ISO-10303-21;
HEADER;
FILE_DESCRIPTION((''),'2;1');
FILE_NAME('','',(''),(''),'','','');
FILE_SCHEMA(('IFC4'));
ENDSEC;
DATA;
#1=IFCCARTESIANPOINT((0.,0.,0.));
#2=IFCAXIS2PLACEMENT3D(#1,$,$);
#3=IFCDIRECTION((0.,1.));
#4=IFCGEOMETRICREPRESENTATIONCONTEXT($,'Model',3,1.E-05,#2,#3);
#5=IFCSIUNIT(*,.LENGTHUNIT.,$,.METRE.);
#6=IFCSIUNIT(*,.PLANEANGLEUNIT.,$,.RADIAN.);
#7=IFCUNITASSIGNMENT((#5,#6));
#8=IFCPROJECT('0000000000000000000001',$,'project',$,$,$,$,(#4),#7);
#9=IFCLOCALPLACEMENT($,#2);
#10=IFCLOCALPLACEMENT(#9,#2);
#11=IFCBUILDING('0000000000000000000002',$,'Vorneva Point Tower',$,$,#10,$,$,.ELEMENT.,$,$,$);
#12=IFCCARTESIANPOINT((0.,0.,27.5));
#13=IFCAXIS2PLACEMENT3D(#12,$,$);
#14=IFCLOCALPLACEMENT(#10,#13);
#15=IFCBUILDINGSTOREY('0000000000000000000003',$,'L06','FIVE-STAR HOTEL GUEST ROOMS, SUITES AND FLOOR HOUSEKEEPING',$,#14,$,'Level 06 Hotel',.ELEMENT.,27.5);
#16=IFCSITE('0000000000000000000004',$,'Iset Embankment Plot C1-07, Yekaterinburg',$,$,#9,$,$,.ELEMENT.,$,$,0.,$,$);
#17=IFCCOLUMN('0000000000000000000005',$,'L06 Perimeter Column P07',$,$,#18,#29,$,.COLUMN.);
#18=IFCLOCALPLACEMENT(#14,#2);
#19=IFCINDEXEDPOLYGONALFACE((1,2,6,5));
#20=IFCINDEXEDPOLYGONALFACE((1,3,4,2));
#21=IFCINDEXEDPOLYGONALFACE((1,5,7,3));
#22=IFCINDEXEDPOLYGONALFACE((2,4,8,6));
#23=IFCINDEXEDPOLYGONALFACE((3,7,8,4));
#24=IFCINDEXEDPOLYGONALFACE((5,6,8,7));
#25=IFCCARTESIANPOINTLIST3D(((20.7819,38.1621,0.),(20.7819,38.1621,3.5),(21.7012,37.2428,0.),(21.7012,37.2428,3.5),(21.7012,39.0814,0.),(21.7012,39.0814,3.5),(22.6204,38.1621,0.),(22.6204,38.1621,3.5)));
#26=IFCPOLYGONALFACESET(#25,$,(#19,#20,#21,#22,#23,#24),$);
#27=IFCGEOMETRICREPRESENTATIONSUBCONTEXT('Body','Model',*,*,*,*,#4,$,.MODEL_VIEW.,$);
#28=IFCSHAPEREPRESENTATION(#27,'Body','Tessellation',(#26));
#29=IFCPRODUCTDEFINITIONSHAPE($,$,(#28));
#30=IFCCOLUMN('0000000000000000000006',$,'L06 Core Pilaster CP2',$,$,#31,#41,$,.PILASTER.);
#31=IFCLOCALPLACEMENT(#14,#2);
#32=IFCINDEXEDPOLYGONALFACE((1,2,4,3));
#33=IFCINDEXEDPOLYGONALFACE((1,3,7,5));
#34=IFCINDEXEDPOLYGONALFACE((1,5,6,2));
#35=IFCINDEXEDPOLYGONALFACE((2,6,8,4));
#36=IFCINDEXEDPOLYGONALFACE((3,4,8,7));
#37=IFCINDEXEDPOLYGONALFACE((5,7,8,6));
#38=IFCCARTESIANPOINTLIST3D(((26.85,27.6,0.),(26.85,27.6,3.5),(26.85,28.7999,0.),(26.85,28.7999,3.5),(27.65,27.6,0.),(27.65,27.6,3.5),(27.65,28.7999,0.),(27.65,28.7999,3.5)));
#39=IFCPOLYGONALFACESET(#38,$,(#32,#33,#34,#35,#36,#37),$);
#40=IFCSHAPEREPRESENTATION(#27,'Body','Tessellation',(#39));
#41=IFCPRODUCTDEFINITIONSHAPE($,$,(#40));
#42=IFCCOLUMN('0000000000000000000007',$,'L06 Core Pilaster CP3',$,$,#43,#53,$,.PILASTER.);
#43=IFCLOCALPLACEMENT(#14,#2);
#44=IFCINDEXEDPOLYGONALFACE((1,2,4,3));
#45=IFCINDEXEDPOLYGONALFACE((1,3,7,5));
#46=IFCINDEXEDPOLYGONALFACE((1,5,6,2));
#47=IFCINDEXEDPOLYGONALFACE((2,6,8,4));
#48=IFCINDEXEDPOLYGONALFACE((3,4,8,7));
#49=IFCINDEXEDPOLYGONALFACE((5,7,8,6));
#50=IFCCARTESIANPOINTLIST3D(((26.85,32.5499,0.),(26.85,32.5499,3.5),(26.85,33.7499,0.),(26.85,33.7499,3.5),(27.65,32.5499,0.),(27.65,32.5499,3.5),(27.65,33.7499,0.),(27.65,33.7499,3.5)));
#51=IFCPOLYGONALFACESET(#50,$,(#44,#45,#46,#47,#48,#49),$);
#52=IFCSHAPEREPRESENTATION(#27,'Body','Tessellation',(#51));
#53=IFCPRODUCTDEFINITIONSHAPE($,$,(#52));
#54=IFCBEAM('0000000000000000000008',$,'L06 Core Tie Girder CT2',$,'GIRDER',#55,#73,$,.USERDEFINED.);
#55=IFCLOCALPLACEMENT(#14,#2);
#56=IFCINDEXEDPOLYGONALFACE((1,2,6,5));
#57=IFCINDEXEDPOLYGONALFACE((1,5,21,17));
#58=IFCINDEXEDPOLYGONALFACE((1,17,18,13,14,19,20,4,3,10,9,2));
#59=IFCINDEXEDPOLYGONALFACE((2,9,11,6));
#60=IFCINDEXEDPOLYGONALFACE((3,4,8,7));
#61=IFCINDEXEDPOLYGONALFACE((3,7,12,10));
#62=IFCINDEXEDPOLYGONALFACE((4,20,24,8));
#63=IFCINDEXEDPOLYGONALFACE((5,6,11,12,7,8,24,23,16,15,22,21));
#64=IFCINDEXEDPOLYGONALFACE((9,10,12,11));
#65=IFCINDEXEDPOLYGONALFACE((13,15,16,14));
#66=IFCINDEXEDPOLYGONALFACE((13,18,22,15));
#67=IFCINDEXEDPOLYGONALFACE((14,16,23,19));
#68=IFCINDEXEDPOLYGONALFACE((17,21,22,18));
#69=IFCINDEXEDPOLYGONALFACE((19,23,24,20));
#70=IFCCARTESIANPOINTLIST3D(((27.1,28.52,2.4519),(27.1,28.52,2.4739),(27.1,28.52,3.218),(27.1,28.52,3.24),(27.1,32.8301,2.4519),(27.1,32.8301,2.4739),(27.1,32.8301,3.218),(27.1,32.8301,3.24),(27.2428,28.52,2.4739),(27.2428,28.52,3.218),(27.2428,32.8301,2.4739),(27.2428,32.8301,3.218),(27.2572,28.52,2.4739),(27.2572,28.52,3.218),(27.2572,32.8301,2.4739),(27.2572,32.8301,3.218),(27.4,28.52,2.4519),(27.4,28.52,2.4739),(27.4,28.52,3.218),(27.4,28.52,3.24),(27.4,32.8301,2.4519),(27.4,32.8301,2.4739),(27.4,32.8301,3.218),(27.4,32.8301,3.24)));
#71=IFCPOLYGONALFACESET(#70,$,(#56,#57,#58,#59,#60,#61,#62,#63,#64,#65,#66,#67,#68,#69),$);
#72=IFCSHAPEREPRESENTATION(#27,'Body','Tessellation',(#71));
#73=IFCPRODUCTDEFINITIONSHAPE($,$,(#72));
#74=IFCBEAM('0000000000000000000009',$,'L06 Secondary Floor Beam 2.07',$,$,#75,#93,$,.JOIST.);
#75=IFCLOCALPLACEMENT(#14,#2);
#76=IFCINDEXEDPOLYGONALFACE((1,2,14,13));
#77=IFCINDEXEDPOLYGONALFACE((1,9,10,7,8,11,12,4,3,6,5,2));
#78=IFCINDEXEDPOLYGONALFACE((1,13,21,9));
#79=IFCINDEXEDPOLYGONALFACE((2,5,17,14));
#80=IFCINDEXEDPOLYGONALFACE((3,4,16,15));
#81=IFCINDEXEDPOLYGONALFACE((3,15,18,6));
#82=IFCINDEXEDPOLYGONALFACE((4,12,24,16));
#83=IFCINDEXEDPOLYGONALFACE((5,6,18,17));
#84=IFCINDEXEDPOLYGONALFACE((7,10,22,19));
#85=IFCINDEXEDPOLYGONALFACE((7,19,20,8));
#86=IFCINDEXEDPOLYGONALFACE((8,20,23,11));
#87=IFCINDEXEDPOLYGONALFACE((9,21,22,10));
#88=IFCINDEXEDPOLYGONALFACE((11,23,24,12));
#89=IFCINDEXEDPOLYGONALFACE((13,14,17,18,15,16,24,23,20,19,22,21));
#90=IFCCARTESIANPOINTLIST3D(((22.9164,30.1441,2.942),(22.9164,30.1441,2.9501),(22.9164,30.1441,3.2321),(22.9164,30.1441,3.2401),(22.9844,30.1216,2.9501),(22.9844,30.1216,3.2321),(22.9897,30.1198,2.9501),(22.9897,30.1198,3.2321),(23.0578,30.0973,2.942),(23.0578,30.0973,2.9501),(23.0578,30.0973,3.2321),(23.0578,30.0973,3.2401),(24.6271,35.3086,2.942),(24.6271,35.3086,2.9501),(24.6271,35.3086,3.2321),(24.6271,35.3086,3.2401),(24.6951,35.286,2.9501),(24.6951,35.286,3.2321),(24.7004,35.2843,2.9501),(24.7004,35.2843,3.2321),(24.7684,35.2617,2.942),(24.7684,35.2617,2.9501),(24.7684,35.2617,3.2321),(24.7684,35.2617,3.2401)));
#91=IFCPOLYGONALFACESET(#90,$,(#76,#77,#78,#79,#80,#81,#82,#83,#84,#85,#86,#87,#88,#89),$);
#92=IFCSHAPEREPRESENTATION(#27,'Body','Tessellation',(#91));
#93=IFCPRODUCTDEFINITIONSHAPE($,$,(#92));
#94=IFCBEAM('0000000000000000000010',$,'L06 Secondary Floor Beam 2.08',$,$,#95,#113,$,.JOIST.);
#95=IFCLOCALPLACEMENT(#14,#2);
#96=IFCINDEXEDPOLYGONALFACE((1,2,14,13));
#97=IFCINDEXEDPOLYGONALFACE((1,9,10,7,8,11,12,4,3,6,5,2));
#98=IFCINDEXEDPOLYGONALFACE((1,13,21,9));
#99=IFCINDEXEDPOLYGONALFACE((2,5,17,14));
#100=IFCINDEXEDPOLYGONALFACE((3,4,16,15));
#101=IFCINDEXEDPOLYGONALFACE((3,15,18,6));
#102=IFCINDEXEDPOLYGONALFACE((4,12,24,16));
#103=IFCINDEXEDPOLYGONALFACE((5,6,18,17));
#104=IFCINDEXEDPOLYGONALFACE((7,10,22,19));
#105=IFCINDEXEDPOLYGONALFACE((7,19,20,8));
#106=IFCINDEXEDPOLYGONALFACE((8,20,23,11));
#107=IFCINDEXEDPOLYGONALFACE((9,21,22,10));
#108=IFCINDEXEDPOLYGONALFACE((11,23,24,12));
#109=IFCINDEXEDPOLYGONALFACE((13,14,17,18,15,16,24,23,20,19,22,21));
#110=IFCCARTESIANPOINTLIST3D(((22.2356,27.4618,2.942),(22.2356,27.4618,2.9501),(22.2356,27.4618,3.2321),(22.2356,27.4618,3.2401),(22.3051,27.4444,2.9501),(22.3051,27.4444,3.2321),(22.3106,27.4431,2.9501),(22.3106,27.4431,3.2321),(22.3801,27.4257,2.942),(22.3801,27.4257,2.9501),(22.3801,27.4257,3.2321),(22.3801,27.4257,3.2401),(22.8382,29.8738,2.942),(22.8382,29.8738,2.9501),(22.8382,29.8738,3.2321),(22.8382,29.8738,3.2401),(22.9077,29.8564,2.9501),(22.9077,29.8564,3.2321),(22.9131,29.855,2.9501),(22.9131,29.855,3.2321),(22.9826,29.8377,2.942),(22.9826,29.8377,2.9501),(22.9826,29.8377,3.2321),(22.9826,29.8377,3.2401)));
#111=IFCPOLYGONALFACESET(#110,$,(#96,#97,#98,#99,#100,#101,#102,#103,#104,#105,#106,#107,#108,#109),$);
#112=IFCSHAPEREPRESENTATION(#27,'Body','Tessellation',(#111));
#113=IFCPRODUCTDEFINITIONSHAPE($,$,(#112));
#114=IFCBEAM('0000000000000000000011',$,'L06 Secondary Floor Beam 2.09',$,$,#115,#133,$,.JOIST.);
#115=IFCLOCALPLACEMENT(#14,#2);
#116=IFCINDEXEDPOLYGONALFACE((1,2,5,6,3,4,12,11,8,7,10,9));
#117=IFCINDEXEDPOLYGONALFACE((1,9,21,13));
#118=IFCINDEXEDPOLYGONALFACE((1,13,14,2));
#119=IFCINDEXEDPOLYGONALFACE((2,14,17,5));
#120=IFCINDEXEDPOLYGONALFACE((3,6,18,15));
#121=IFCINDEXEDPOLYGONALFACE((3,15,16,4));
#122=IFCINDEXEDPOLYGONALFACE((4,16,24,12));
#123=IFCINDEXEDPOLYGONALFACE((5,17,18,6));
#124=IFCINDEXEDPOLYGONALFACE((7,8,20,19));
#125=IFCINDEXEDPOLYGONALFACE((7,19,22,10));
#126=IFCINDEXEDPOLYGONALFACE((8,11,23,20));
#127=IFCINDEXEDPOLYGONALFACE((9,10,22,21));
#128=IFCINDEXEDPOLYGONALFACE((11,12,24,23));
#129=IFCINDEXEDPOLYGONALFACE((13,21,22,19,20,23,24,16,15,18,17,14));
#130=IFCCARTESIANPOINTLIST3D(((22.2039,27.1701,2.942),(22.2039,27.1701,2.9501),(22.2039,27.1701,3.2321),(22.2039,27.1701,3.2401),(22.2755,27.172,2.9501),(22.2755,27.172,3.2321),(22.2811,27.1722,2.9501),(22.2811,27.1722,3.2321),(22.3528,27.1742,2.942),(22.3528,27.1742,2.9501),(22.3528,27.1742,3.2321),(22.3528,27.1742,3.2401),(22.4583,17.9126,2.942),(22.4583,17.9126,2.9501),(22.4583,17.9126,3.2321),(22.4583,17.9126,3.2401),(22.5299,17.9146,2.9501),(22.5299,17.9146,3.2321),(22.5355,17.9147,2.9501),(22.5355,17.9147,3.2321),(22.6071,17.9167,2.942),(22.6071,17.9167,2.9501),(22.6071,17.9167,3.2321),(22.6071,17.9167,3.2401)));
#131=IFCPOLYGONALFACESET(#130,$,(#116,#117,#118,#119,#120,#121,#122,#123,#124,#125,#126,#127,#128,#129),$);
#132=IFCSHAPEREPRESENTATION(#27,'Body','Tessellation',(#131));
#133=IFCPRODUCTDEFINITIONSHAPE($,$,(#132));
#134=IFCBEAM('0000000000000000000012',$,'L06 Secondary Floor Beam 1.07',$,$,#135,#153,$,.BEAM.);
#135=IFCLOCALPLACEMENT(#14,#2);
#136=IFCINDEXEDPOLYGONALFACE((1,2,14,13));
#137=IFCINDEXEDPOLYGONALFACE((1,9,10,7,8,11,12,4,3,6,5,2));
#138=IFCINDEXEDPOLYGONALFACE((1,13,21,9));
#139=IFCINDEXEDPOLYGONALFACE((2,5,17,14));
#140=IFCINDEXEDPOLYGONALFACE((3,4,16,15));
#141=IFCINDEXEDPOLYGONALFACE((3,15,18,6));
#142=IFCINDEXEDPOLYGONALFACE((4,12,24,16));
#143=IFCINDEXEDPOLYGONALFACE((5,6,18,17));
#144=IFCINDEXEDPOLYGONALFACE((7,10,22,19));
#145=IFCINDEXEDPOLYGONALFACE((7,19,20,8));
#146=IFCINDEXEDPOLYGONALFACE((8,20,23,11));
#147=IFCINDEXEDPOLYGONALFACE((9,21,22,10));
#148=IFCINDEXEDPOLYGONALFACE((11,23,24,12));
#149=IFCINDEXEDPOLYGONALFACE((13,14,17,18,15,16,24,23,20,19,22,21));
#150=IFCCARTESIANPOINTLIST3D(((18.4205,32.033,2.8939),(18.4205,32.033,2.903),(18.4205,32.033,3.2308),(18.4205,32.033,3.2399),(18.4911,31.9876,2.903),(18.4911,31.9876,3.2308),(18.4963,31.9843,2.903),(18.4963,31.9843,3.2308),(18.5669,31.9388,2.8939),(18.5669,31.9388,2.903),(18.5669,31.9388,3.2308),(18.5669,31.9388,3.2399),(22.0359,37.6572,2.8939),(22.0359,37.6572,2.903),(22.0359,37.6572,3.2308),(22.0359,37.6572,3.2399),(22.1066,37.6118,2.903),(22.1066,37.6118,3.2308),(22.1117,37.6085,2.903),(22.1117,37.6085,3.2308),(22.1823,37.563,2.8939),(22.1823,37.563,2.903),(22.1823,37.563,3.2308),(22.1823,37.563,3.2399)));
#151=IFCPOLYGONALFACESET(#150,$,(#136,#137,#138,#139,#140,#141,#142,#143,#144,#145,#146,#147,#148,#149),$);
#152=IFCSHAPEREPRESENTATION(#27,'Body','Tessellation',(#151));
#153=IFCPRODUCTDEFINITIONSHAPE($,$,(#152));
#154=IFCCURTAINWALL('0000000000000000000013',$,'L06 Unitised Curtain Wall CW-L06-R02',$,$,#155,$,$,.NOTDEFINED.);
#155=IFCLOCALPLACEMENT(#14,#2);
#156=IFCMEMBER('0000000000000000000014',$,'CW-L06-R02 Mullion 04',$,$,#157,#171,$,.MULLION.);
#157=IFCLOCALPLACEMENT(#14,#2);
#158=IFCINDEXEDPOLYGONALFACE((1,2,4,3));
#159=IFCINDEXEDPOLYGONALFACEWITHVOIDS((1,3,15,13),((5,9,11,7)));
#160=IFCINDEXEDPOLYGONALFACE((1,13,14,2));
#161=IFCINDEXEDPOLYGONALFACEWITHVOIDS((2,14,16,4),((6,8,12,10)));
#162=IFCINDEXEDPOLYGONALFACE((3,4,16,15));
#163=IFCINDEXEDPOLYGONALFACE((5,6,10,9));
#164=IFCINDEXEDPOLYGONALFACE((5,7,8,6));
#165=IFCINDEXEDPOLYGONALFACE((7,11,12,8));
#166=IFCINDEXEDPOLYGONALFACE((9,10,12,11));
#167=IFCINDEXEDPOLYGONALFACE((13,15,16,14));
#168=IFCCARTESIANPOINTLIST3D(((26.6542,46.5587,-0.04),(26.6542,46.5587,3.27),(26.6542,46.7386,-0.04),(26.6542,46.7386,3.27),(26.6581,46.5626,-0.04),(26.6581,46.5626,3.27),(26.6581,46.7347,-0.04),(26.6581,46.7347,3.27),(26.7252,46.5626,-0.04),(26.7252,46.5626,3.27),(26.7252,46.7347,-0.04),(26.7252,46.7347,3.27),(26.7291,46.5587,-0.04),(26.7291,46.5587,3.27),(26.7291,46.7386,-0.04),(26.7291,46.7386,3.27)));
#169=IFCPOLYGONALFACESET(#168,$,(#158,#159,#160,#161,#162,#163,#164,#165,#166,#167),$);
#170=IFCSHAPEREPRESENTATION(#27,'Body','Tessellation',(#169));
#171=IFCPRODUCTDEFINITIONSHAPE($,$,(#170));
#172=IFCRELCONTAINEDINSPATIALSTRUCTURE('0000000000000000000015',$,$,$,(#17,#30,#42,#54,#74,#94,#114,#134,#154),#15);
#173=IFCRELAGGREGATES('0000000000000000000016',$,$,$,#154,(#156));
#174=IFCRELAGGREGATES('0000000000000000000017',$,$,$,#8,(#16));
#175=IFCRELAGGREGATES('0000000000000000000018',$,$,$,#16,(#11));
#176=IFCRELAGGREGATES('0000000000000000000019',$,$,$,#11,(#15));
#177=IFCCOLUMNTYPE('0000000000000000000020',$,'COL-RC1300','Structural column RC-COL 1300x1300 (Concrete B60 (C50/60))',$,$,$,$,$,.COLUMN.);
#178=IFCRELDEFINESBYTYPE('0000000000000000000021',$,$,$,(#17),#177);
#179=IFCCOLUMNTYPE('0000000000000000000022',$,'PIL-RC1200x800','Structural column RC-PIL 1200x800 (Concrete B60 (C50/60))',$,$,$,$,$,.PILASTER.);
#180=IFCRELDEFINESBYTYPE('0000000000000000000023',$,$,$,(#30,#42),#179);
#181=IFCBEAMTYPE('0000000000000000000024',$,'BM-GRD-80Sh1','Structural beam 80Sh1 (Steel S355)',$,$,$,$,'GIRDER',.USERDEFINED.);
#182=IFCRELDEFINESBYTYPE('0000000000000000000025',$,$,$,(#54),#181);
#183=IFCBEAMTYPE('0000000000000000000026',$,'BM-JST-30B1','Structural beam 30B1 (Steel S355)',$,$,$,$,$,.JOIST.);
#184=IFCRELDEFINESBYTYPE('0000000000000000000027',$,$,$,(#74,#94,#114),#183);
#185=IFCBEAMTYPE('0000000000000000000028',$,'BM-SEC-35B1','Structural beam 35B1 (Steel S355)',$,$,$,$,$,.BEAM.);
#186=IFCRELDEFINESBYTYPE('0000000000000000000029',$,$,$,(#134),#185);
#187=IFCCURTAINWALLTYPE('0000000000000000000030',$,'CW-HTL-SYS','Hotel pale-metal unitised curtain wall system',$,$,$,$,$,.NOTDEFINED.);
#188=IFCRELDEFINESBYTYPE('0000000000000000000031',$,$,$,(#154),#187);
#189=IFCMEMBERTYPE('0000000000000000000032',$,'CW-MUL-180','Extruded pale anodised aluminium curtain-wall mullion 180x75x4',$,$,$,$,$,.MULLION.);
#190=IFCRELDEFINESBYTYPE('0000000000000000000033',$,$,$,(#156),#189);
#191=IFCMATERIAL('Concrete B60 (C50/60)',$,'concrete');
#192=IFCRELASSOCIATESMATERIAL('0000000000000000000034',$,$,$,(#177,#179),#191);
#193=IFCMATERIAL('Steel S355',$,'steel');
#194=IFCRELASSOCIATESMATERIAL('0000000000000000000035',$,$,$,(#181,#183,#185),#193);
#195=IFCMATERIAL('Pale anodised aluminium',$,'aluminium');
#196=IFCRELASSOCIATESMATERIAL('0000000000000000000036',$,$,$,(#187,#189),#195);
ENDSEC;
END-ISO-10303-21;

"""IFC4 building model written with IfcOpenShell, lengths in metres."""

from ifc_helpers import new_model, si_unit, direction, frame, origin, origin_2d, place, context, subcontext, project, spatial, rectangle, hollow_rectangle, i_section, extrude, material, material_profile, profile_set, type_object, element, aggregate, save


model = new_model("IFC4")

# Units and contexts
model_context = context("Model", 3, precision=1e-05, world=origin(), true_north=direction((0.0, 1.0)))
body_context = subcontext(model_context, "Body", "Model", "MODEL_VIEW")
ifc_project = project(units=[si_unit("LENGTHUNIT", "METRE"), si_unit("PLANEANGLEUNIT", "RADIAN")], contexts=[model_context])

# Site, building, storey
site_placement = place(None, origin())
site = spatial("IfcSite", under=ifc_project, at=site_placement, Name="Iset Embankment Plot C1-07, Yekaterinburg", CompositionType="ELEMENT", RefElevation=0.0)
building_placement = place(site_placement, origin())
building = spatial("IfcBuilding", under=site, at=building_placement, Name="Vorneva Point Tower", CompositionType="ELEMENT")
storey_placement = place(building_placement, frame((0.0, 0.0, 27.5)))
storey = spatial("IfcBuildingStorey", under=building, at=storey_placement, Name="L06", Description="FIVE-STAR HOTEL GUEST ROOMS, SUITES AND FLOOR HOUSEKEEPING", LongName="Level 06 Hotel", CompositionType="ELEMENT", Elevation=27.5)

# Columns
ifc_material_1 = material(Name="Concrete B60 (C50/60)", Category="concrete")
ifc_material_profile_1 = material_profile(ifc_material_1, rectangle(XDim=1.3, YDim=1.3, at=origin_2d()), Name="RC-COL 1300x1300")
ifc_profile_set_1 = profile_set([ifc_material_profile_1], Name="Concrete B60 (C50/60)")
column_type_1 = type_object("IfcColumnType", Name="COL-RC1300", Description="Structural column RC-COL 1300x1300 (Concrete B60 (C50/60))", PredefinedType="COLUMN", material=ifc_profile_set_1)
column_placement = place(storey_placement, frame((21.7012, 38.1621, 0.0), z_axis=(0.0, 0.0, 1.0), x_axis=(-0.707107, 0.707107, 0.0)))
element("IfcColumn", 1, at=column_placement, inside=storey, type_object=column_type_1, Name="L06 Perimeter Column P07", PredefinedType="COLUMN", context=body_context, shape_type="SweptSolid", body=[
    extrude(rectangle(XDim=1.3, YDim=1.3, at=origin_2d()), origin(), (0.0, 0.0, 1.0), 3.5),
])
ifc_material_profile_2 = material_profile(ifc_material_1, rectangle(XDim=0.8, YDim=1.2, at=origin_2d()), Name="RC-PIL 1200x800")
ifc_profile_set_2 = profile_set([ifc_material_profile_2], Name="Concrete B60 (C50/60)")
column_type_2 = type_object("IfcColumnType", Name="PIL-RC1200x800", Description="Structural column RC-PIL 1200x800 (Concrete B60 (C50/60))", PredefinedType="PILASTER", material=ifc_profile_set_2)
for number, where, z_axis, x_axis, name in (
    (2, (27.25, 28.2, 0.0), (0.0, 0.0, 1.0), (1.0, 0.0, 0.0), "L06 Core Pilaster CP2"),
    (3, (27.25, 33.1499, 0.0), (0.0, 0.0, 1.0), (1.0, 0.0, 0.0), "L06 Core Pilaster CP3"),
):
    element("IfcColumn", number, at=place(storey_placement, frame(where, z_axis=z_axis, x_axis=x_axis)), inside=storey, type_object=column_type_2, Name=name, PredefinedType="PILASTER", context=body_context, shape_type="SweptSolid", body=[
        extrude(rectangle(XDim=0.8, YDim=1.2, at=origin_2d()), origin(), (0.0, 0.0, 1.0), 3.5),
    ])

# Beams
ifc_material_2 = material(Name="Steel S355", Category="steel")
ifc_material_profile_3 = material_profile(ifc_material_2, i_section(OverallWidth=0.3, OverallDepth=0.7881, WebThickness=0.0144, FlangeThickness=0.022, at=origin_2d()), Name="80Sh1")
ifc_profile_set_3 = profile_set([ifc_material_profile_3], Name="Steel S355")
beam_type_1 = type_object("IfcBeamType", Name="BM-GRD-80Sh1", Description="Structural beam 80Sh1 (Steel S355)", ElementType="GIRDER", PredefinedType="USERDEFINED", material=ifc_profile_set_3)
beam_1_placement = place(storey_placement, frame((27.25, 28.52, 2.8459), z_axis=(0.0, 1.0, 0.0), x_axis=(-1.0, 0.0, 0.0)))
element("IfcBeam", 4, at=beam_1_placement, inside=storey, type_object=beam_type_1, Name="L06 Core Tie Girder CT2", ObjectType="GIRDER", PredefinedType="USERDEFINED", context=body_context, shape_type="SweptSolid", body=[
    extrude(i_section(OverallWidth=0.3, OverallDepth=0.7881, WebThickness=0.0144, FlangeThickness=0.022, at=origin_2d()), origin(), (0.0, 0.0, 1.0), 4.3101),
])
ifc_material_profile_4 = material_profile(ifc_material_2, i_section(OverallWidth=0.1489, OverallDepth=0.2981, WebThickness=0.0056, FlangeThickness=0.0081, at=origin_2d()), Name="30B1")
ifc_profile_set_4 = profile_set([ifc_material_profile_4], Name="Steel S355")
beam_type_2 = type_object("IfcBeamType", Name="BM-JST-30B1", Description="Structural beam 30B1 (Steel S355)", PredefinedType="JOIST", material=ifc_profile_set_4)
beam_2_placement = place(storey_placement, frame((24.6978, 35.2852, 3.0911), z_axis=(-0.314437, -0.949278, 0.0), x_axis=(0.949278, -0.314437, 0.0)))
element("IfcBeam", 5, at=beam_2_placement, inside=storey, type_object=beam_type_2, Name="L06 Secondary Floor Beam 2.07", PredefinedType="JOIST", context=body_context, shape_type="SweptSolid", body=[
    extrude(i_section(OverallWidth=0.1489, OverallDepth=0.2981, WebThickness=0.0056, FlangeThickness=0.0081, at=origin_2d()), origin(), (0.0, 0.0, 1.0), 5.4404),
])
beam_3_placement = place(storey_placement, frame((22.9104, 29.8557, 3.0911), z_axis=(-0.242374, -0.970183, 0.0), x_axis=(0.970183, -0.242374, 0.0)))
element("IfcBeam", 6, at=beam_3_placement, inside=storey, type_object=beam_type_2, Name="L06 Secondary Floor Beam 2.08", PredefinedType="JOIST", context=body_context, shape_type="SweptSolid", body=[
    extrude(i_section(OverallWidth=0.1489, OverallDepth=0.2981, WebThickness=0.0056, FlangeThickness=0.0081, at=origin_2d()), origin(), (0.0, 0.0, 1.0), 2.4861),
])
beam_4_placement = place(storey_placement, frame((22.2783, 27.1721, 3.0911), z_axis=(0.027469, -0.999623, 0.0), x_axis=(0.999623, 0.027469, 0.0)))
element("IfcBeam", 7, at=beam_4_placement, inside=storey, type_object=beam_type_2, Name="L06 Secondary Floor Beam 2.09", PredefinedType="JOIST", context=body_context, shape_type="SweptSolid", body=[
    extrude(i_section(OverallWidth=0.1489, OverallDepth=0.2981, WebThickness=0.0056, FlangeThickness=0.0081, at=origin_2d()), origin(), (0.0, 0.0, 1.0), 9.261),
])
ifc_material_profile_5 = material_profile(ifc_material_2, i_section(OverallWidth=0.1741, OverallDepth=0.3459, WebThickness=0.0061, FlangeThickness=0.009, at=origin_2d()), Name="35B1")
ifc_profile_set_5 = profile_set([ifc_material_profile_5], Name="Steel S355")
beam_type_3 = type_object("IfcBeamType", Name="BM-SEC-35B1", Description="Structural beam 35B1 (Steel S355)", PredefinedType="BEAM", material=ifc_profile_set_5)
beam_5_placement = place(storey_placement, frame((22.1091, 37.6101, 3.0669), z_axis=(-0.540745, -0.841187, 0.0), x_axis=(0.841187, -0.540745, 0.0)))
element("IfcBeam", 8, at=beam_5_placement, inside=storey, type_object=beam_type_3, Name="L06 Secondary Floor Beam 1.07", PredefinedType="BEAM", context=body_context, shape_type="SweptSolid", body=[
    extrude(i_section(OverallWidth=0.1741, OverallDepth=0.3459, WebThickness=0.0061, FlangeThickness=0.009, at=origin_2d()), origin(), (0.0, 0.0, 1.0), 6.686),
])

# Curtain wall, member
ifc_material_3 = material(Name="Pale anodised aluminium", Category="aluminium")
curtain_wall_type = type_object("IfcCurtainWallType", Name="CW-HTL-SYS", Description="Hotel pale-metal unitised curtain wall system", PredefinedType="NOTDEFINED", material=ifc_material_3)
curtain_wall_placement = place(storey_placement, origin())
curtain_wall = element("IfcCurtainWall", 9, at=curtain_wall_placement, inside=storey, type_object=curtain_wall_type, Name="L06 Unitised Curtain Wall CW-L06-R02", PredefinedType="NOTDEFINED")
ifc_material_profile_6 = material_profile(ifc_material_3, hollow_rectangle(XDim=0.075, YDim=0.1799, WallThickness=0.0039, at=origin_2d()), Name="AL-MUL 180x75x4")
ifc_profile_set_6 = profile_set([ifc_material_profile_6], Name="Pale anodised aluminium")
member_type = type_object("IfcMemberType", Name="CW-MUL-180", Description="Extruded pale anodised aluminium curtain-wall mullion 180x75x4", PredefinedType="MULLION", material=ifc_profile_set_6)
member_placement = place(storey_placement, frame((26.6917, 46.6487, -0.04), z_axis=(0.0, 0.0, 1.0), x_axis=(1.0, 0.0, 0.0)))
member = element("IfcMember", 10, at=member_placement, type_object=member_type, Name="CW-L06-R02 Mullion 04", PredefinedType="MULLION", context=body_context, shape_type="SweptSolid", body=[
    extrude(hollow_rectangle(XDim=0.075, YDim=0.1799, WallThickness=0.0039, at=origin_2d()), origin(), (0.0, 0.0, 1.0), 3.3101),
])
aggregate(curtain_wall, [member])

save(model, "model.ifc")
